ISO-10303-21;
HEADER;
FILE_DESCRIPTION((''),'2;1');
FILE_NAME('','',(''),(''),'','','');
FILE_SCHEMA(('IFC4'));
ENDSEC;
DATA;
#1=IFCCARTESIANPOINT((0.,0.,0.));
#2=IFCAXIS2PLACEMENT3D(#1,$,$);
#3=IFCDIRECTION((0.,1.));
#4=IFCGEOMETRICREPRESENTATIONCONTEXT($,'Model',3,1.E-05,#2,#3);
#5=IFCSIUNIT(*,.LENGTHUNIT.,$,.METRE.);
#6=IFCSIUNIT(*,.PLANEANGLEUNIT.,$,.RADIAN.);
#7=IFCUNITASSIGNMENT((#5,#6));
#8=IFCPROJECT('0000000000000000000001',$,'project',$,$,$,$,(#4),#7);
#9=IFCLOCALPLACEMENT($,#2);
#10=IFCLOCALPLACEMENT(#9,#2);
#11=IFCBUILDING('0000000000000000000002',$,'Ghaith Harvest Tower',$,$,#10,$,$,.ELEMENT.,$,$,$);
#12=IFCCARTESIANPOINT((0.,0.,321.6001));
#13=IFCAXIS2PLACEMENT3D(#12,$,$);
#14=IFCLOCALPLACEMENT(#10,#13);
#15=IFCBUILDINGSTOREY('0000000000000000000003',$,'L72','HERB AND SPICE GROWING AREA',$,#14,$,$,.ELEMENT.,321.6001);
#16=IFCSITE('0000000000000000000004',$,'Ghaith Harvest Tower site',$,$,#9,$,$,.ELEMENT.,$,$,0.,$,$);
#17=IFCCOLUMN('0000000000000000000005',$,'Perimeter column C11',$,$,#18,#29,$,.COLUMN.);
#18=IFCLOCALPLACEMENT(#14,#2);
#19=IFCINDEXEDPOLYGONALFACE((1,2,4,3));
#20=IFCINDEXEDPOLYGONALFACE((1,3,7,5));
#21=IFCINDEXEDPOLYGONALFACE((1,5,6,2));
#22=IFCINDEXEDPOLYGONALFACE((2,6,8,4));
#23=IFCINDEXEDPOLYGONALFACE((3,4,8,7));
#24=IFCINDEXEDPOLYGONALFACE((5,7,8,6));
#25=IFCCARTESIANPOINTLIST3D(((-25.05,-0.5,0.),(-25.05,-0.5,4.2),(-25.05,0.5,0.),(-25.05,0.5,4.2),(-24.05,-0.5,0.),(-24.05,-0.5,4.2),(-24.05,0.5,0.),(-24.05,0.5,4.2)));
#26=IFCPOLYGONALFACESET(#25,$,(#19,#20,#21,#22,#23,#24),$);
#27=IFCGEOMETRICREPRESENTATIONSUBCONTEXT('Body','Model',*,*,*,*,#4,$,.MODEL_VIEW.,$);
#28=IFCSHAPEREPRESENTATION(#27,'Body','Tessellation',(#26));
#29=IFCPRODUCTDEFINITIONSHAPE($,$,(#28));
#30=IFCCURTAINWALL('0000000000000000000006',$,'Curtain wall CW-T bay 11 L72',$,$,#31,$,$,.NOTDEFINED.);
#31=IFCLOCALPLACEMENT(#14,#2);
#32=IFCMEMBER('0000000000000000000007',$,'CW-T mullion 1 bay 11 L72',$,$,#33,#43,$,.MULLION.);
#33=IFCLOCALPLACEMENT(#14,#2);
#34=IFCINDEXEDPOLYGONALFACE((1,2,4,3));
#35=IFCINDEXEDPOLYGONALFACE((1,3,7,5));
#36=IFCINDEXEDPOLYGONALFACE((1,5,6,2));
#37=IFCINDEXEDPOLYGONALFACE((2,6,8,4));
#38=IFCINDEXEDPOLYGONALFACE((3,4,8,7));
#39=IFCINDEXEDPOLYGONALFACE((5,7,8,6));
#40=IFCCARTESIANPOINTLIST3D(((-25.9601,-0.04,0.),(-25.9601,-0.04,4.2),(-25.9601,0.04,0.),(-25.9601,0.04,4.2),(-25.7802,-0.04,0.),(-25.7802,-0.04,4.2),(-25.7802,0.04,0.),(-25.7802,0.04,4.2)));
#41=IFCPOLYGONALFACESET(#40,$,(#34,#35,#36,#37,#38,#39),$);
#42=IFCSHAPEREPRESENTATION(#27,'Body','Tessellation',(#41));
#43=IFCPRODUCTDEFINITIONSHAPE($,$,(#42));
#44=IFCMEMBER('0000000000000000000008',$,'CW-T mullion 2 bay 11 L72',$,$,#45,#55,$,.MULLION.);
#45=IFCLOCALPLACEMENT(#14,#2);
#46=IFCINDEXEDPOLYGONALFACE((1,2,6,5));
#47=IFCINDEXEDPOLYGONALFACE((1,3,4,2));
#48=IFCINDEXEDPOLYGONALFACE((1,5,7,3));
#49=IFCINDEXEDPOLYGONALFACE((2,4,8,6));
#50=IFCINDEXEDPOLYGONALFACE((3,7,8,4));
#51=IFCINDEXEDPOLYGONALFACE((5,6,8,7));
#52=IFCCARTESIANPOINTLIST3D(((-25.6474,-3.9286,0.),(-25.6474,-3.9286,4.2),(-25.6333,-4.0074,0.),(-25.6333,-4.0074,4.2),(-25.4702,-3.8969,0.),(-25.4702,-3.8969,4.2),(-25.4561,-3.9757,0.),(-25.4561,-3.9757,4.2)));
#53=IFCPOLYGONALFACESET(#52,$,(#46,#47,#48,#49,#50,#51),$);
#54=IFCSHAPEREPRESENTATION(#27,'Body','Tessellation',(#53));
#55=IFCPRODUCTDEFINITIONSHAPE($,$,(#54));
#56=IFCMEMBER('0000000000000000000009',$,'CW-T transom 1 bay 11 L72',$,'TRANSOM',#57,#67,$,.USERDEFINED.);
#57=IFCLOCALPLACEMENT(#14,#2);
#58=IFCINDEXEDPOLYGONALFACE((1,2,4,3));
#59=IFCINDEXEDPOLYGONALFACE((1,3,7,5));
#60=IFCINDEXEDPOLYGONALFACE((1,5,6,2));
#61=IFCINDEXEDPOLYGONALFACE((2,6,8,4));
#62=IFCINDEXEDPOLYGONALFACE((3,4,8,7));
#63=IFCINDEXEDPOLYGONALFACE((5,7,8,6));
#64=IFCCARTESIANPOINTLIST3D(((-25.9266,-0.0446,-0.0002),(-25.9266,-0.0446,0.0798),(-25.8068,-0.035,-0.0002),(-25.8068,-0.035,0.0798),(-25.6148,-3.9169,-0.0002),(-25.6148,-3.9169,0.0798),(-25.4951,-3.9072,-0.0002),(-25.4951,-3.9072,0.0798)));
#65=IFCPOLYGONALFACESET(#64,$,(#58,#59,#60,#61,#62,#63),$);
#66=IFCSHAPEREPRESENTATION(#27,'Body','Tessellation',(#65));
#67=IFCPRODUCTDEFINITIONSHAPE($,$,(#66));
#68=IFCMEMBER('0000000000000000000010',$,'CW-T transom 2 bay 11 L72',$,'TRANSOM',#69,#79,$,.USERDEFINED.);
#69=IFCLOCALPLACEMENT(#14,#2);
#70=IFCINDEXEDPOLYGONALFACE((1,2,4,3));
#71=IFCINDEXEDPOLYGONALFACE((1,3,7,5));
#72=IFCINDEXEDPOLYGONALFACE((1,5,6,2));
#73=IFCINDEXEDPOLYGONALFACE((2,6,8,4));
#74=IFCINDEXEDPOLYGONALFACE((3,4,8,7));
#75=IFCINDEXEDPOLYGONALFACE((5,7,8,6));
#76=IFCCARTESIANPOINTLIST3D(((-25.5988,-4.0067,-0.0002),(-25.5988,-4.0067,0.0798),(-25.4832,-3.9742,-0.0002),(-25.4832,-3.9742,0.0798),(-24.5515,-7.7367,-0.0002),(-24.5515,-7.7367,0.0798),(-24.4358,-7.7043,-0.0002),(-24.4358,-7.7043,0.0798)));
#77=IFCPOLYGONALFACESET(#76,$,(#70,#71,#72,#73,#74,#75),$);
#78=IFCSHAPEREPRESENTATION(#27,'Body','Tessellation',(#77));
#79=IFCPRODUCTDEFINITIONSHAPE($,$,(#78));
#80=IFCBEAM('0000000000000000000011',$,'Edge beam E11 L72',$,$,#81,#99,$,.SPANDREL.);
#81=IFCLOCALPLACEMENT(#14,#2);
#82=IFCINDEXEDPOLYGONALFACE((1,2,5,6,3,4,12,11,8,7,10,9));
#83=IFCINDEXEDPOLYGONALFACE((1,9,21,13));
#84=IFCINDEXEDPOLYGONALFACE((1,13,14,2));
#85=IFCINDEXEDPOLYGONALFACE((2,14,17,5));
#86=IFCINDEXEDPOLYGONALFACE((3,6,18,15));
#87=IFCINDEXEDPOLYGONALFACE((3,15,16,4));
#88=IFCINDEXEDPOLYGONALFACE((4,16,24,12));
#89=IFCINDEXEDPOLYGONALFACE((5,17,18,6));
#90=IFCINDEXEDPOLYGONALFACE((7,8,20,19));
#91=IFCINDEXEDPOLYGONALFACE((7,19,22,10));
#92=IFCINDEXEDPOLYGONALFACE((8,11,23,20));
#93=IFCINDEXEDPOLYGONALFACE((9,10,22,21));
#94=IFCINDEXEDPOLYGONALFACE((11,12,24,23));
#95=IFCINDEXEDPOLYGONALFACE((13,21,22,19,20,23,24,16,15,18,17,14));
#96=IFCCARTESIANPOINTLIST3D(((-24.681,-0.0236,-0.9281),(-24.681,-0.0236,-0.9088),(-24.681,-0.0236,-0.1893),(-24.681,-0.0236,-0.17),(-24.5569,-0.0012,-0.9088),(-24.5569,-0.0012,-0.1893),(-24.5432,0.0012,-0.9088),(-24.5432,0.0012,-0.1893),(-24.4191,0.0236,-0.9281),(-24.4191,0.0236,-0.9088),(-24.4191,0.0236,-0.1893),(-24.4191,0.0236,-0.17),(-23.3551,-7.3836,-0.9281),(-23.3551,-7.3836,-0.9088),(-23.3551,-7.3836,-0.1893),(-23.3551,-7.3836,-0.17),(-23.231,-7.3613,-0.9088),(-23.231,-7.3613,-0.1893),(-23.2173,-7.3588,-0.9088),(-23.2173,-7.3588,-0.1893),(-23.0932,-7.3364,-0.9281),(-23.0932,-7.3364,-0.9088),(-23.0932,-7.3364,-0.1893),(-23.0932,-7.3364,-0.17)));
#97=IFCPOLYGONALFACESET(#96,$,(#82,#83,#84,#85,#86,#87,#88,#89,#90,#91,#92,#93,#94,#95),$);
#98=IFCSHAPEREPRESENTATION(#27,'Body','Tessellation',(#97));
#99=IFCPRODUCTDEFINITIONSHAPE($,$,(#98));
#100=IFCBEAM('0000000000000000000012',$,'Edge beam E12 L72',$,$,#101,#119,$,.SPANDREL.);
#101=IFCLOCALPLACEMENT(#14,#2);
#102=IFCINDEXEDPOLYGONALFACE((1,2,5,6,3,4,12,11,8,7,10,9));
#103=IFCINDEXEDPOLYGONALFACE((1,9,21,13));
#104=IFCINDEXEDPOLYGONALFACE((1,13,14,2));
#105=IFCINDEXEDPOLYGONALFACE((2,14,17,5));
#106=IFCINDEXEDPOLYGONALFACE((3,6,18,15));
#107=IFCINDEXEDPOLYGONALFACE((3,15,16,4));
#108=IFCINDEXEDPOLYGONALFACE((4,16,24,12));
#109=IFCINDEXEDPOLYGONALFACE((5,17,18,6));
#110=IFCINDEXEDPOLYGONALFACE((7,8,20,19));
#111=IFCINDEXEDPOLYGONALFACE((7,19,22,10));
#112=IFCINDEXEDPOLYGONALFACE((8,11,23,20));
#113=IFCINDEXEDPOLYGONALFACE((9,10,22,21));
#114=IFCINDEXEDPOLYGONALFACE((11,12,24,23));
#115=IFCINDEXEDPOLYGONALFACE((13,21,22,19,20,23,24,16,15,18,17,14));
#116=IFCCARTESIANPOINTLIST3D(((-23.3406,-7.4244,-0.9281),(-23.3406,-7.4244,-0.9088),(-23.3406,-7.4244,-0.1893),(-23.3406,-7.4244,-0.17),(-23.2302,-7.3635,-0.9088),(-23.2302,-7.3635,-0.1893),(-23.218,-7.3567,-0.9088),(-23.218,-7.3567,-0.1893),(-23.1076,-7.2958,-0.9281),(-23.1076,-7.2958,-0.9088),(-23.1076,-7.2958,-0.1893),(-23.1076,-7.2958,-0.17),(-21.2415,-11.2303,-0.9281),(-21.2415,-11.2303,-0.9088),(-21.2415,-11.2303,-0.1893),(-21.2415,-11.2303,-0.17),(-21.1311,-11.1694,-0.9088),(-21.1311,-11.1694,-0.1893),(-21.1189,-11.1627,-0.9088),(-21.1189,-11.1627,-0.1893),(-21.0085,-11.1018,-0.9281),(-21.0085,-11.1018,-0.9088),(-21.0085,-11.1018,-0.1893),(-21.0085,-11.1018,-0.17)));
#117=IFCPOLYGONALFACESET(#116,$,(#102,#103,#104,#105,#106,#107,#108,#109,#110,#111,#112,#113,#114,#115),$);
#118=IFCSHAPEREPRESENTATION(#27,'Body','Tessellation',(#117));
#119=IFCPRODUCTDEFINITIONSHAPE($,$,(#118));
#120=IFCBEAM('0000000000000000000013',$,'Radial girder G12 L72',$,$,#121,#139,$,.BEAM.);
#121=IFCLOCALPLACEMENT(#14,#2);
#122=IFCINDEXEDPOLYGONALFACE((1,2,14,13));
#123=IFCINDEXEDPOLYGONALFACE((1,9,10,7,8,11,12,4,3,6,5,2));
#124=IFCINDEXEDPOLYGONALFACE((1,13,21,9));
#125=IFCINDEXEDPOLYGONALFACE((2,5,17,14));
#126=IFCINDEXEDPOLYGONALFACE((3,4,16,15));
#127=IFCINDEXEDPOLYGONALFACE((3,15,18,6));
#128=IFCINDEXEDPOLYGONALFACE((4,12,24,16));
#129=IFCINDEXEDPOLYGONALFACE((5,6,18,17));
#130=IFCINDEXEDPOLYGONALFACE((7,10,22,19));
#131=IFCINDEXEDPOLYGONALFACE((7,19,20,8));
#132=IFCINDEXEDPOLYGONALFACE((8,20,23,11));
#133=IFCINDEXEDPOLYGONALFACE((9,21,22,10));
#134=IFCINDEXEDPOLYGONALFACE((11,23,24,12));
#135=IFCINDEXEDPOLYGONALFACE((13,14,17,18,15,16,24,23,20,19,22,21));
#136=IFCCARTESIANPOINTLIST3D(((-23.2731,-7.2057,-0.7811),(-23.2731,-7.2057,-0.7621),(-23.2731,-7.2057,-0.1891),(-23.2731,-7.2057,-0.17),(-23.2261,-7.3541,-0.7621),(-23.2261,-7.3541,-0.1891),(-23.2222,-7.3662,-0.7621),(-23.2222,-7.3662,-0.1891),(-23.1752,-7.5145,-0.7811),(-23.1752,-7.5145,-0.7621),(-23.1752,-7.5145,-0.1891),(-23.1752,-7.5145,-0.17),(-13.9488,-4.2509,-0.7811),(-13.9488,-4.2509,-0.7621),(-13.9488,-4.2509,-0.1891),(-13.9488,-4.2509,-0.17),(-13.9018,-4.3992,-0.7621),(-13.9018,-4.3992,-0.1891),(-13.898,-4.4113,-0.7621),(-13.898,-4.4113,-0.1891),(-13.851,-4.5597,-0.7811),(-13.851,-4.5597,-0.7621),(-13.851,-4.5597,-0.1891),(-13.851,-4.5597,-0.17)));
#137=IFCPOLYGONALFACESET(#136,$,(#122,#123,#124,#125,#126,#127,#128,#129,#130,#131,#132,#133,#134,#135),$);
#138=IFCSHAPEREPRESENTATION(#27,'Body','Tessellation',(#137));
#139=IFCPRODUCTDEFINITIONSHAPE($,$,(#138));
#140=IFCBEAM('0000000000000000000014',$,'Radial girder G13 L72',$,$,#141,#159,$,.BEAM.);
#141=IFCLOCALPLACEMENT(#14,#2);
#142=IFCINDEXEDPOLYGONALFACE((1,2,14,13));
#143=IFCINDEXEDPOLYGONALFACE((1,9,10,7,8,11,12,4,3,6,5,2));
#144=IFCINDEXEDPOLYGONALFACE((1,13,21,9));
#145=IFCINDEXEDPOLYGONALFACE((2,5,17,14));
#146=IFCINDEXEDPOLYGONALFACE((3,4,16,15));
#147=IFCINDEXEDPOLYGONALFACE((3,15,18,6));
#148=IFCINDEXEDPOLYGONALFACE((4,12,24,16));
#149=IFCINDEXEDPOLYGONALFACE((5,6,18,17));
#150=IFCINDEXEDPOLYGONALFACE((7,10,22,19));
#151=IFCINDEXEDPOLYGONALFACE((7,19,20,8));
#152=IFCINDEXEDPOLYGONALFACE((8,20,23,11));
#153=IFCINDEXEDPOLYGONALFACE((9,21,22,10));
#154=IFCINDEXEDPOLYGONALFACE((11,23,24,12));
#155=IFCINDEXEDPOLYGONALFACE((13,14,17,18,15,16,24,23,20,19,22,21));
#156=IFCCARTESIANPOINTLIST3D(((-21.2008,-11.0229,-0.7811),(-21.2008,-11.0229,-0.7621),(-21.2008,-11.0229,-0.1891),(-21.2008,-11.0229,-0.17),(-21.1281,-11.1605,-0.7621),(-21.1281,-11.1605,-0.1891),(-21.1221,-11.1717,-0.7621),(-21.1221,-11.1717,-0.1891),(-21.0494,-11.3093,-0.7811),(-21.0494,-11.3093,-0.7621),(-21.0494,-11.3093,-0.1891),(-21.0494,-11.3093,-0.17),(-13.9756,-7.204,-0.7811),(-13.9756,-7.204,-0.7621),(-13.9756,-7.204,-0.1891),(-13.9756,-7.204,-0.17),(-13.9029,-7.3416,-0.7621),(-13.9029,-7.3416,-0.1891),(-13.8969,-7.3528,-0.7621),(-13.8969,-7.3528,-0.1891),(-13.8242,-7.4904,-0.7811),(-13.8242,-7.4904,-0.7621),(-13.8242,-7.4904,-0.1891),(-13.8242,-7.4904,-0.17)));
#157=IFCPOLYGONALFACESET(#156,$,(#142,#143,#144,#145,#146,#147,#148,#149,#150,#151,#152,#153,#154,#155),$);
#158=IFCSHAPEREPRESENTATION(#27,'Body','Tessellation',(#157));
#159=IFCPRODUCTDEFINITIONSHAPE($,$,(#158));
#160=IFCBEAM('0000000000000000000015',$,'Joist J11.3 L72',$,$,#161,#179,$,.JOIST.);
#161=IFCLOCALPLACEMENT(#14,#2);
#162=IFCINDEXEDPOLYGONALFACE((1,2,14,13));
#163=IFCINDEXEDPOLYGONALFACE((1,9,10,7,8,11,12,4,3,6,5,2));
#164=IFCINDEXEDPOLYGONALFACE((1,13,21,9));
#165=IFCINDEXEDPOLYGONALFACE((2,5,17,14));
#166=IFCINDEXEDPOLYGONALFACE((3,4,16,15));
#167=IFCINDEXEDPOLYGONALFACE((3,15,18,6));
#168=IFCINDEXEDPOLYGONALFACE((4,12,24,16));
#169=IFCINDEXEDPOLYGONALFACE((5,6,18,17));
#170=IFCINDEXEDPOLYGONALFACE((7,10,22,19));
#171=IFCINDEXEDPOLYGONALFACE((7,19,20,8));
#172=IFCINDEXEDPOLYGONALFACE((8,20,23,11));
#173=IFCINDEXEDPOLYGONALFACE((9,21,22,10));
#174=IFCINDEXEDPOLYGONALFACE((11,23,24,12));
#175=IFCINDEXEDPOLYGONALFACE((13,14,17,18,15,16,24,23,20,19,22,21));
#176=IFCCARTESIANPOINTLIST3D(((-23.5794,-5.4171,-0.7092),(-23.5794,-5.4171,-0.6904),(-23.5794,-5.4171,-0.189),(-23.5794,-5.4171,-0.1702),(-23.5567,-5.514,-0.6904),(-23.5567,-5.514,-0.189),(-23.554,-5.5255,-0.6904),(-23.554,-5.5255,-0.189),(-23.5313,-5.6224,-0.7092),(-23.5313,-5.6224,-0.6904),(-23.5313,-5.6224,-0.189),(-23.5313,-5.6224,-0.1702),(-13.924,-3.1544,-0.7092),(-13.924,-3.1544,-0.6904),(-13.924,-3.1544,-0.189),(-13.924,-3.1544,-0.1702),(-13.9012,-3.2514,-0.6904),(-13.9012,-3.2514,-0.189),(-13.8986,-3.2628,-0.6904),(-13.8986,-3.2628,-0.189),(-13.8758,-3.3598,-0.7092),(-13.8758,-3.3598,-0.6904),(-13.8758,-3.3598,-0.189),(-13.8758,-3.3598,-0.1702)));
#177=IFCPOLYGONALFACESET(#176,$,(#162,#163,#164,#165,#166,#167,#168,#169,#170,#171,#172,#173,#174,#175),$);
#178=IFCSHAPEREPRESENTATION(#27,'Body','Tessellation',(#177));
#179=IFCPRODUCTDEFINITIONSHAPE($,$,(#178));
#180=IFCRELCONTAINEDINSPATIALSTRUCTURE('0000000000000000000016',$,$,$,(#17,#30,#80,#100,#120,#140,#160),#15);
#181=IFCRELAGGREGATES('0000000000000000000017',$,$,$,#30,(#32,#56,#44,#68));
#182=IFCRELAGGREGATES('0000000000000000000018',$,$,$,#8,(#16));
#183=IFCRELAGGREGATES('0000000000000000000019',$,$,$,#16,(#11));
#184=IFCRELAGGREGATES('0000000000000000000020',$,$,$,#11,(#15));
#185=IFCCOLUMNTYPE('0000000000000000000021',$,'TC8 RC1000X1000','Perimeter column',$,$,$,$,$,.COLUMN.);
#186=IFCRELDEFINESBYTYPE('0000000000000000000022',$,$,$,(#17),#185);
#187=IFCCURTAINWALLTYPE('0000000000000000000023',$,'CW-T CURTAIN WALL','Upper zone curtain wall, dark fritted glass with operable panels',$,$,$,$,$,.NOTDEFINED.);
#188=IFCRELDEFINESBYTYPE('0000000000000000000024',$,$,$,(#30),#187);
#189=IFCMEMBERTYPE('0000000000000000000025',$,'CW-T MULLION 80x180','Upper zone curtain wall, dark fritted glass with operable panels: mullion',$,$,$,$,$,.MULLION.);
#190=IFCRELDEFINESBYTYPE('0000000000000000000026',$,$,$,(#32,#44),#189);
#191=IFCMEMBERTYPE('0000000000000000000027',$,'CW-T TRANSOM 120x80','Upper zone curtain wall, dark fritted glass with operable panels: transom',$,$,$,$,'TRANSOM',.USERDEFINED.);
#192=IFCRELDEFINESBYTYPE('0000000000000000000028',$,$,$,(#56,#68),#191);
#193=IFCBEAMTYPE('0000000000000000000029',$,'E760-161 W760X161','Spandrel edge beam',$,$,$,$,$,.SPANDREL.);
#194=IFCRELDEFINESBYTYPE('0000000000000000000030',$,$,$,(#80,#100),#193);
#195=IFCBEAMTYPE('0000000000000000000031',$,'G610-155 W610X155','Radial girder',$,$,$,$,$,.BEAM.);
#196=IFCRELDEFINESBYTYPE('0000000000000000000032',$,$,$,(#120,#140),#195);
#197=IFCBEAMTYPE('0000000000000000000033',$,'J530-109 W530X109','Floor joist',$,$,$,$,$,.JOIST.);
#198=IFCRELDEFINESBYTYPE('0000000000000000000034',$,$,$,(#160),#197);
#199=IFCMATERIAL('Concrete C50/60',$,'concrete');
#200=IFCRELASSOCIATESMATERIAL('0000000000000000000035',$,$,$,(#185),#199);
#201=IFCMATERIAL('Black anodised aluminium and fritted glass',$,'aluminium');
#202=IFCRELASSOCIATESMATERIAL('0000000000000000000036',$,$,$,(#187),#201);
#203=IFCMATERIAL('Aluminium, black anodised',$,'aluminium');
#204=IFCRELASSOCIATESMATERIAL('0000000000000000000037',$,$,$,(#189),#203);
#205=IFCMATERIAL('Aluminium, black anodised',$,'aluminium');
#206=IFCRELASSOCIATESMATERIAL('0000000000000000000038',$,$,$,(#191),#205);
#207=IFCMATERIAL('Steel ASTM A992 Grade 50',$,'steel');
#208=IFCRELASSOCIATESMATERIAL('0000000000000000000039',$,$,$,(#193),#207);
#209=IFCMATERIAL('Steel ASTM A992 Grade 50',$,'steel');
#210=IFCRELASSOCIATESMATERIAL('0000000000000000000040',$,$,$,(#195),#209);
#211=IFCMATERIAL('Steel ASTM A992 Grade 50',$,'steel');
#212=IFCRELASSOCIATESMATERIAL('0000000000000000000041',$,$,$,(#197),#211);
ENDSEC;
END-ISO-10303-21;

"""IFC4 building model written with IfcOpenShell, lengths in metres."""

from ifc_helpers import new_model, si_unit, direction, frame, origin, origin_2d, place, context, subcontext, project, spatial, rectangle, i_section, extrude, material, material_profile, profile_set, type_object, element, aggregate, save


model = new_model("IFC4")

# Units and contexts
model_context = context("Model", 3, precision=1e-05, world=origin(), true_north=direction((0.0, 1.0)))
body_context = subcontext(model_context, "Body", "Model", "MODEL_VIEW")
ifc_project = project(units=[si_unit("LENGTHUNIT", "METRE"), si_unit("PLANEANGLEUNIT", "RADIAN")], contexts=[model_context])

# Site, building, storey
site_placement = place(None, origin())
site = spatial("IfcSite", under=ifc_project, at=site_placement, Name="Ghaith Harvest Tower site", CompositionType="ELEMENT", RefElevation=0.0)
building_placement = place(site_placement, origin())
building = spatial("IfcBuilding", under=site, at=building_placement, Name="Ghaith Harvest Tower", CompositionType="ELEMENT")
storey_placement = place(building_placement, frame((0.0, 0.0, 321.6001)))
storey = spatial("IfcBuildingStorey", under=building, at=storey_placement, Name="L72", Description="HERB AND SPICE GROWING AREA", CompositionType="ELEMENT", Elevation=321.6001)

# Column
ifc_material_1 = material(Name="Concrete C50/60", Category="concrete")
ifc_material_profile_1 = material_profile(ifc_material_1, rectangle(XDim=1.0, YDim=1.0, at=origin_2d()), Name="RC1000X1000")
ifc_profile_set_1 = profile_set([ifc_material_profile_1], Name="Concrete C50/60")
column_type = type_object("IfcColumnType", Name="TC8 RC1000X1000", Description="Perimeter column", PredefinedType="COLUMN", material=ifc_profile_set_1)
column_placement = place(storey_placement, frame((-24.55, 0.0, 0.0), z_axis=(0.0, 0.0, 1.0), x_axis=(1.0, 0.0, 0.0)))
element("IfcColumn", 1, at=column_placement, inside=storey, type_object=column_type, Name="Perimeter column C11", PredefinedType="COLUMN", context=body_context, shape_type="SweptSolid", body=[
    extrude(rectangle(XDim=1.0, YDim=1.0, at=origin_2d()), origin(), (0.0, 0.0, 1.0), 4.2),
])

# Curtain wall, members
ifc_material_2 = material(Name="Black anodised aluminium and fritted glass", Category="aluminium")
curtain_wall_type = type_object("IfcCurtainWallType", Name="CW-T CURTAIN WALL", Description="Upper zone curtain wall, dark fritted glass with operable panels", PredefinedType="NOTDEFINED", material=ifc_material_2)
curtain_wall_placement = place(storey_placement, origin())
curtain_wall = element("IfcCurtainWall", 2, at=curtain_wall_placement, inside=storey, type_object=curtain_wall_type, Name="Curtain wall CW-T bay 11 L72", PredefinedType="NOTDEFINED")
ifc_material_3 = material(Name="Aluminium, black anodised", Category="aluminium")
ifc_material_profile_2 = material_profile(ifc_material_3, rectangle(XDim=0.0801, YDim=0.1799, at=origin_2d()), Name="CW-T MULLION 80x180")
ifc_profile_set_2 = profile_set([ifc_material_profile_2], Name="Aluminium, black anodised")
member_type_1 = type_object("IfcMemberType", Name="CW-T MULLION 80x180", Description="Upper zone curtain wall, dark fritted glass with operable panels: mullion", PredefinedType="MULLION", material=ifc_profile_set_2)
member_1_placement = place(storey_placement, frame((-25.8701, 0.0, 0.0), z_axis=(0.0, 0.0, 1.0), x_axis=(0.0, -1.0, 0.0)))
member_1 = element("IfcMember", 3, at=member_1_placement, type_object=member_type_1, Name="CW-T mullion 1 bay 11 L72", PredefinedType="MULLION", context=body_context, shape_type="SweptSolid", body=[
    extrude(rectangle(XDim=0.0801, YDim=0.1799, at=origin_2d()), origin(), (0.0, 0.0, 1.0), 4.2),
])
member_2_placement = place(storey_placement, frame((-25.5518, -3.9521, 0.0), z_axis=(0.0, 0.0, 1.0), x_axis=(0.176001, -0.98439, 0.0)))
member_2 = element("IfcMember", 4, at=member_2_placement, type_object=member_type_1, Name="CW-T mullion 2 bay 11 L72", PredefinedType="MULLION", context=body_context, shape_type="SweptSolid", body=[
    extrude(rectangle(XDim=0.0801, YDim=0.1799, at=origin_2d()), origin(), (0.0, 0.0, 1.0), 4.2),
])
ifc_material_4 = material(Name="Aluminium, black anodised", Category="aluminium")
ifc_material_profile_3 = material_profile(ifc_material_4, rectangle(XDim=0.1201, YDim=0.0801, at=origin_2d()), Name="CW-T TRANSOM 120x80")
ifc_profile_set_3 = profile_set([ifc_material_profile_3], Name="Aluminium, black anodised")
member_type_2 = type_object("IfcMemberType", Name="CW-T TRANSOM 120x80", Description="Upper zone curtain wall, dark fritted glass with operable panels: transom", ElementType="TRANSOM", PredefinedType="USERDEFINED", material=ifc_profile_set_3)
member_3_placement = place(storey_placement, frame((-25.8667, -0.0398, 0.0398), z_axis=(0.080252, -0.996775, 0.0), x_axis=(0.996775, 0.080252, 0.0)))
member_3 = element("IfcMember", 5, at=member_3_placement, type_object=member_type_2, Name="CW-T transom 1 bay 11 L72", ObjectType="TRANSOM", PredefinedType="USERDEFINED", context=body_context, shape_type="SweptSolid", body=[
    extrude(rectangle(XDim=0.1201, YDim=0.0801, at=origin_2d()), origin(), (0.0, 0.0, 1.0), 3.8848),
])
member_4_placement = place(storey_placement, frame((-25.541, -3.9905, 0.0398), z_axis=(0.27034, -0.962765, 0.0), x_axis=(0.962765, 0.27034, 0.0)))
member_4 = element("IfcMember", 6, at=member_4_placement, type_object=member_type_2, Name="CW-T transom 2 bay 11 L72", ObjectType="TRANSOM", PredefinedType="USERDEFINED", context=body_context, shape_type="SweptSolid", body=[
    extrude(rectangle(XDim=0.1201, YDim=0.0801, at=origin_2d()), origin(), (0.0, 0.0, 1.0), 3.8743),
])

# Beams
ifc_material_5 = material(Name="Steel ASTM A992 Grade 50", Category="steel")
ifc_material_profile_4 = material_profile(ifc_material_5, i_section(OverallWidth=0.2661, OverallDepth=0.7581, WebThickness=0.0139, FlangeThickness=0.0193, at=origin_2d()), Name="W760X161")
ifc_profile_set_4 = profile_set([ifc_material_profile_4], Name="Steel ASTM A992 Grade 50")
beam_type_1 = type_object("IfcBeamType", Name="E760-161 W760X161", Description="Spandrel edge beam", PredefinedType="SPANDREL", material=ifc_profile_set_4)
beam_1_placement = place(storey_placement, frame((-24.55, 0.0, -0.5491), z_axis=(0.177297, -0.984157, 0.0), x_axis=(0.984157, 0.177297, 0.0)))
element("IfcBeam", 7, at=beam_1_placement, inside=storey, type_object=beam_type_1, Name="Edge beam E11 L72", PredefinedType="SPANDREL", context=body_context, shape_type="SweptSolid", body=[
    extrude(i_section(OverallWidth=0.2661, OverallDepth=0.7581, WebThickness=0.0139, FlangeThickness=0.0193, at=origin_2d()), origin(), (0.0, 0.0, 1.0), 7.4785),
])
beam_2_placement = place(storey_placement, frame((-23.2241, -7.3601, -0.5491), z_axis=(0.482956, -0.875645, 0.0), x_axis=(0.875645, 0.482956, 0.0)))
element("IfcBeam", 8, at=beam_2_placement, inside=storey, type_object=beam_type_1, Name="Edge beam E12 L72", PredefinedType="SPANDREL", context=body_context, shape_type="SweptSolid", body=[
    extrude(i_section(OverallWidth=0.2661, OverallDepth=0.7581, WebThickness=0.0139, FlangeThickness=0.0193, at=origin_2d()), origin(), (0.0, 0.0, 1.0), 4.3464),
])
ifc_material_6 = material(Name="Steel ASTM A992 Grade 50", Category="steel")
ifc_material_profile_5 = material_profile(ifc_material_6, i_section(OverallWidth=0.324, OverallDepth=0.6111, WebThickness=0.0127, FlangeThickness=0.019, at=origin_2d()), Name="W610X155")
ifc_profile_set_5 = profile_set([ifc_material_profile_5], Name="Steel ASTM A992 Grade 50")
beam_type_2 = type_object("IfcBeamType", Name="G610-155 W610X155", Description="Radial girder", PredefinedType="BEAM", material=ifc_profile_set_5)
beam_3_placement = place(storey_placement, frame((-13.8999, -4.4053, -0.4756), z_axis=(-0.953279, -0.302093, 0.0), x_axis=(0.302093, -0.953279, 0.0)))
element("IfcBeam", 9, at=beam_3_placement, inside=storey, type_object=beam_type_2, Name="Radial girder G12 L72", PredefinedType="BEAM", context=body_context, shape_type="SweptSolid", body=[
    extrude(i_section(OverallWidth=0.324, OverallDepth=0.6111, WebThickness=0.0127, FlangeThickness=0.019, at=origin_2d()), origin(), (0.0, 0.0, 1.0), 9.7812),
])
beam_4_placement = place(storey_placement, frame((-13.8999, -7.3472, -0.4756), z_axis=(-0.884102, -0.467295, 0.0), x_axis=(0.467295, -0.884102, 0.0)))
element("IfcBeam", 10, at=beam_4_placement, inside=storey, type_object=beam_type_2, Name="Radial girder G13 L72", PredefinedType="BEAM", context=body_context, shape_type="SweptSolid", body=[
    extrude(i_section(OverallWidth=0.324, OverallDepth=0.6111, WebThickness=0.0127, FlangeThickness=0.019, at=origin_2d()), origin(), (0.0, 0.0, 1.0), 8.1724),
])
ifc_material_7 = material(Name="Steel ASTM A992 Grade 50", Category="steel")
ifc_material_profile_6 = material_profile(ifc_material_7, i_section(OverallWidth=0.2109, OverallDepth=0.5391, WebThickness=0.0117, FlangeThickness=0.0188, at=origin_2d()), Name="W530X109")
ifc_profile_set_6 = profile_set([ifc_material_profile_6], Name="Steel ASTM A992 Grade 50")
beam_type_3 = type_object("IfcBeamType", Name="J530-109 W530X109", Description="Floor joist", PredefinedType="JOIST", material=ifc_profile_set_6)
beam_5_placement = place(storey_placement, frame((-13.8999, -3.2571, -0.4397), z_axis=(-0.973623, -0.228161, 0.0), x_axis=(0.228161, -0.973623, 0.0)))
element("IfcBeam", 11, at=beam_5_placement, inside=storey, type_object=beam_type_3, Name="Joist J11.3 L72", PredefinedType="JOIST", context=body_context, shape_type="SweptSolid", body=[
    extrude(i_section(OverallWidth=0.2109, OverallDepth=0.5391, WebThickness=0.0117, FlangeThickness=0.0188, at=origin_2d()), origin(), (0.0, 0.0, 1.0), 9.917),
])

aggregate(curtain_wall, [member_1, member_3, member_2, member_4])

save(model, "model.ifc")
